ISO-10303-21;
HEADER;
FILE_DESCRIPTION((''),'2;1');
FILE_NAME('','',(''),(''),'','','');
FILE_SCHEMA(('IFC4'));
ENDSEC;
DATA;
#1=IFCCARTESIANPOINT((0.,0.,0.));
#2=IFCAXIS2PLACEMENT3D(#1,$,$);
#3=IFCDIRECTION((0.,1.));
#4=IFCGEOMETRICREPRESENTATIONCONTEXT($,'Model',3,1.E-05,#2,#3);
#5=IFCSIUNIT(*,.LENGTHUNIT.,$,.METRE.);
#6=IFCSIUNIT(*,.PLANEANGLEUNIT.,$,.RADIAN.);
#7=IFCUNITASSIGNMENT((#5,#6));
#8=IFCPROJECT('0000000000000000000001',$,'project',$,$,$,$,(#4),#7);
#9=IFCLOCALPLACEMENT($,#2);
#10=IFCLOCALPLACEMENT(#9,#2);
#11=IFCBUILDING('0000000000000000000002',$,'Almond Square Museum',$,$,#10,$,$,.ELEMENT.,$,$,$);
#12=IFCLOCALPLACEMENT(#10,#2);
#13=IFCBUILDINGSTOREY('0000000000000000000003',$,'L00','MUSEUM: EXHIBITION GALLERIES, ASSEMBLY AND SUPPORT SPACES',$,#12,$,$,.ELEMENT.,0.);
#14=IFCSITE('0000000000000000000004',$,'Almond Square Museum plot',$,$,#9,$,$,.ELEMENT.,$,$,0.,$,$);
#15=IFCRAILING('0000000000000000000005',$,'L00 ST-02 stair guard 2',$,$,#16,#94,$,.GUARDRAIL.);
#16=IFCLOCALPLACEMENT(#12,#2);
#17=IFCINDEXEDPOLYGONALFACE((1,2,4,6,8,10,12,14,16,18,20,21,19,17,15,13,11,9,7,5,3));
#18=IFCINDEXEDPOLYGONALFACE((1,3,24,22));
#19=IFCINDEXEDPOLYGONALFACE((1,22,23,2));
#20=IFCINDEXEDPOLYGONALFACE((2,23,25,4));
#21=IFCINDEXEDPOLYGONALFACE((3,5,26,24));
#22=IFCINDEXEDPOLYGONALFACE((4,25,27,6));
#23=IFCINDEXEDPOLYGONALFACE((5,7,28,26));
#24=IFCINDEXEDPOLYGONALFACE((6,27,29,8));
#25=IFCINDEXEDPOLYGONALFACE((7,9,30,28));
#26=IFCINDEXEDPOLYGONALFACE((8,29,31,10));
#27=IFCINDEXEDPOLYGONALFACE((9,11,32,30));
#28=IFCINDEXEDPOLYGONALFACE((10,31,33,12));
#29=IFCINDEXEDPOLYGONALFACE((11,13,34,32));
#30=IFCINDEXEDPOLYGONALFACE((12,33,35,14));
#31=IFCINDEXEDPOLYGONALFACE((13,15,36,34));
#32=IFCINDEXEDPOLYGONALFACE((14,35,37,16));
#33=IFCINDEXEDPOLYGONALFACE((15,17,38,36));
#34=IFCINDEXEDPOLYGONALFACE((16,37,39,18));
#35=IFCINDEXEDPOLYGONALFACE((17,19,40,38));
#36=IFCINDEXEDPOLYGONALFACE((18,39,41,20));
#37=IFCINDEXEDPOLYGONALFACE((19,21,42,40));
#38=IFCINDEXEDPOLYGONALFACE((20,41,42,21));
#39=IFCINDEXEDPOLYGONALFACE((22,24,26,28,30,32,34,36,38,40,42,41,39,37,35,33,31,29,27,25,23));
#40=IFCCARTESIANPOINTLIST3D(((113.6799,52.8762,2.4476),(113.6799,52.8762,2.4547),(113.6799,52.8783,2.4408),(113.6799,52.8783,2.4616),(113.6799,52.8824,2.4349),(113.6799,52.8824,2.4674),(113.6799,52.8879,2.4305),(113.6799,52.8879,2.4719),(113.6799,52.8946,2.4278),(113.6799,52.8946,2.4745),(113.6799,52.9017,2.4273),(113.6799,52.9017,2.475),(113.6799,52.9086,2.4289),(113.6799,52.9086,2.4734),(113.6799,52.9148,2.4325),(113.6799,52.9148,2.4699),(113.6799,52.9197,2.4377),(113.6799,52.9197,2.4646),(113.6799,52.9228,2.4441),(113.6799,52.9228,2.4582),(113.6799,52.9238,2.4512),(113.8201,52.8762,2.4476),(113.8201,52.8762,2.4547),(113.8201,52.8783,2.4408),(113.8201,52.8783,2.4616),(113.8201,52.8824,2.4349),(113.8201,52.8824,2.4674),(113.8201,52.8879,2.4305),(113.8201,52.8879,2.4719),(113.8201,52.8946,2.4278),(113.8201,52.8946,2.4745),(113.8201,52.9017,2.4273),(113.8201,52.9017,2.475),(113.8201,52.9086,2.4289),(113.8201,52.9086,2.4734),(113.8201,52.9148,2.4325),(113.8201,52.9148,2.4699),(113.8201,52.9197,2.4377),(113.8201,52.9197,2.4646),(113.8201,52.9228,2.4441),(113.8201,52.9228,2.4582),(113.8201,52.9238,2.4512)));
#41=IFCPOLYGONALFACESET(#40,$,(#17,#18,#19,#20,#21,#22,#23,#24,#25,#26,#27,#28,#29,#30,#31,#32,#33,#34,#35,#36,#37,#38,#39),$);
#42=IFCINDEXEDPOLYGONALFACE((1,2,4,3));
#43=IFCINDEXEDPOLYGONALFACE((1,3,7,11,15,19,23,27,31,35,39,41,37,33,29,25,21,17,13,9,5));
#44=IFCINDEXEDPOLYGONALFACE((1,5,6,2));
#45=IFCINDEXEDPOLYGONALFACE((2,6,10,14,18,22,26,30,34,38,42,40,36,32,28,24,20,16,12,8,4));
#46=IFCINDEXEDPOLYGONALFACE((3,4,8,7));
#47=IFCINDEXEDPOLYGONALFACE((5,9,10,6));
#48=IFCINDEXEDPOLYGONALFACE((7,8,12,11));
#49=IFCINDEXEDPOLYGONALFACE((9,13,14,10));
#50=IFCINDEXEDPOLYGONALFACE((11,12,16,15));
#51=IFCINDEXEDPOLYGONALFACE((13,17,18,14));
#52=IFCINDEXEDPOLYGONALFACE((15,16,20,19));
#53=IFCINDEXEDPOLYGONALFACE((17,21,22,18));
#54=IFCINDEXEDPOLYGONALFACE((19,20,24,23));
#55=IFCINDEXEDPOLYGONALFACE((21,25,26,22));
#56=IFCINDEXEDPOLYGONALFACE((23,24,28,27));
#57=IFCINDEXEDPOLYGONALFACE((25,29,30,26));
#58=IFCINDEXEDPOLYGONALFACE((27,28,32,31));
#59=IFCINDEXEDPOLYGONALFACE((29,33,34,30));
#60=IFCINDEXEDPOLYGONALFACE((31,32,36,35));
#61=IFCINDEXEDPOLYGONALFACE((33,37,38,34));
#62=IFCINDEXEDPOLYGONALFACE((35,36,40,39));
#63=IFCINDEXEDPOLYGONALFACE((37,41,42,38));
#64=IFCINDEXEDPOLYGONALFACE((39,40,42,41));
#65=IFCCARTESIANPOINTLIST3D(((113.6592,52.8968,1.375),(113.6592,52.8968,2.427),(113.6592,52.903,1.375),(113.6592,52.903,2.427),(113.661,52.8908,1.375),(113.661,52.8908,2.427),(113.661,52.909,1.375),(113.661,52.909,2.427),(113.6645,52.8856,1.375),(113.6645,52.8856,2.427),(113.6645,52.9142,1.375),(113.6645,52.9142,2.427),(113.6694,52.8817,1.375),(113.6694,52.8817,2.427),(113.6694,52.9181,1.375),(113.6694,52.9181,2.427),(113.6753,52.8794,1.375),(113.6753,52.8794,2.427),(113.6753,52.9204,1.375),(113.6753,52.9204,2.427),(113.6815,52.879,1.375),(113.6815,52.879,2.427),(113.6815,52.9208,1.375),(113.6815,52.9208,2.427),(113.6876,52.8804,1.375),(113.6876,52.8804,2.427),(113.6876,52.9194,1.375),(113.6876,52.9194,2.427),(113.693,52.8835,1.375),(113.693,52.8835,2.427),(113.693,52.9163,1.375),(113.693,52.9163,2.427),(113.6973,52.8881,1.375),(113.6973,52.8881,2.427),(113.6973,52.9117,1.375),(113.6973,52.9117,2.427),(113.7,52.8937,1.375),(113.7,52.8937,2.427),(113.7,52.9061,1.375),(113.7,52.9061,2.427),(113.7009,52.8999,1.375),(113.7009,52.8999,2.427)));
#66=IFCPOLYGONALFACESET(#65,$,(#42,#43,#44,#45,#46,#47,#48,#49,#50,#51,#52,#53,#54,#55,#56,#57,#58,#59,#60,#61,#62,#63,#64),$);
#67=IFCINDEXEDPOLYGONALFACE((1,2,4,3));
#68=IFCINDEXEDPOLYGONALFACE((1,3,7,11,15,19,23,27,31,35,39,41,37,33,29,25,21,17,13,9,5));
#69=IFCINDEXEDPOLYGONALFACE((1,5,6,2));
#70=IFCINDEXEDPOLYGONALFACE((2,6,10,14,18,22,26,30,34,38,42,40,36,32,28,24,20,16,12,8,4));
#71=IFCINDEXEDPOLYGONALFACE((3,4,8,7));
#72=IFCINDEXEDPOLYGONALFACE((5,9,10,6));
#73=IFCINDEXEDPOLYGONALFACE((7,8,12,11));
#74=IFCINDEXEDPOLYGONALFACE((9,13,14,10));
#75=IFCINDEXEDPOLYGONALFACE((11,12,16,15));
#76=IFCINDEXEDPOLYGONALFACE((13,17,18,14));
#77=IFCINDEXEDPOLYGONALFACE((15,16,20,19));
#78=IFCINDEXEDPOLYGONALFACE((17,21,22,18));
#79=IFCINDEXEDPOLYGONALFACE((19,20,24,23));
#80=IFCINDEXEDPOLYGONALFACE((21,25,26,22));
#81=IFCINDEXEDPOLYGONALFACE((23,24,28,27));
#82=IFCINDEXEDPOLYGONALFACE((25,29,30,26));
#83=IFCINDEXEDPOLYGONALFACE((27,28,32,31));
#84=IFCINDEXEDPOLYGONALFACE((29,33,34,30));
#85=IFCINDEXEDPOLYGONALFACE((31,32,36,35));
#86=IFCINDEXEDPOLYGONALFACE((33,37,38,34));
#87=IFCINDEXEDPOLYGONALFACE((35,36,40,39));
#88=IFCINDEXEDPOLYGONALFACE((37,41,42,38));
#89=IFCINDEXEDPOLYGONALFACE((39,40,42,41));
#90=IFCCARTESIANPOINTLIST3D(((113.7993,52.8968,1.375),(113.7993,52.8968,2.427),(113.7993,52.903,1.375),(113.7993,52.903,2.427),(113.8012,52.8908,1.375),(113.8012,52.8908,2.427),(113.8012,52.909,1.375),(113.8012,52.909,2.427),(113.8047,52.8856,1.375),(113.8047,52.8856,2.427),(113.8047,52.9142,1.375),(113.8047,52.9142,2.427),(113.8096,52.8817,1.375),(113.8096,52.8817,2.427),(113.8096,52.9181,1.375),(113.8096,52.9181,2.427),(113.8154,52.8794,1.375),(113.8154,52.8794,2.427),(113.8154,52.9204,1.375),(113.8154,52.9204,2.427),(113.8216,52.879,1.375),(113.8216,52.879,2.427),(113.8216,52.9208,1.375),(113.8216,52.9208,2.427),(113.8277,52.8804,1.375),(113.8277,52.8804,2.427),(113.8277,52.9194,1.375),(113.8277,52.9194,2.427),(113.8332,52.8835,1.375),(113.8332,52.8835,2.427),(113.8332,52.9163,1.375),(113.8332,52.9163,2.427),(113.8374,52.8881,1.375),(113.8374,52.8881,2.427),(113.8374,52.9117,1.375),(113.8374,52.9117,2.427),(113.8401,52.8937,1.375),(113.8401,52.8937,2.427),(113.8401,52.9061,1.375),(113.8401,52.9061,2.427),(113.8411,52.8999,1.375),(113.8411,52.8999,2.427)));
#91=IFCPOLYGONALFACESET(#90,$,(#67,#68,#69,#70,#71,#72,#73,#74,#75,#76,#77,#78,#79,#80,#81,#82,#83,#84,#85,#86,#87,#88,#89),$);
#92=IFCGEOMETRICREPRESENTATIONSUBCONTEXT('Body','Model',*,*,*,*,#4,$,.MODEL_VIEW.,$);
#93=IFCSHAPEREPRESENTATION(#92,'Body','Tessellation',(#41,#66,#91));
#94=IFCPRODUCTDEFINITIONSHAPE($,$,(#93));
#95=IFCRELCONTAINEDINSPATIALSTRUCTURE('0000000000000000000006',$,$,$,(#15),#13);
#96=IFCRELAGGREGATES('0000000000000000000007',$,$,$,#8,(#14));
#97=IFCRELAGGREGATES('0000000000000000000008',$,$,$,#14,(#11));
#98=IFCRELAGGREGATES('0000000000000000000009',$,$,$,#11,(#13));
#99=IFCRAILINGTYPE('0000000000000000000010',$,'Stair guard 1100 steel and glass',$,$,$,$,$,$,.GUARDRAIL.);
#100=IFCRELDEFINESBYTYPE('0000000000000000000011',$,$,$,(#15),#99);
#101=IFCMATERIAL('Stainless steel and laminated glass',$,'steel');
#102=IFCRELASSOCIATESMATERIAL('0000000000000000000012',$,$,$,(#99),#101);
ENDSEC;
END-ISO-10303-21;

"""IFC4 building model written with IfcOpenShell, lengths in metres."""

from ifc_helpers import new_model, si_unit, direction, frame, origin, origin_2d, place, context, subcontext, project, spatial, circle, extrude, material, type_object, element, save


model = new_model("IFC4")

# Units and contexts
model_context = context("Model", 3, precision=1e-05, world=origin(), true_north=direction((0.0, 1.0)))
body_context = subcontext(model_context, "Body", "Model", "MODEL_VIEW")
ifc_project = project(units=[si_unit("LENGTHUNIT", "METRE"), si_unit("PLANEANGLEUNIT", "RADIAN")], contexts=[model_context])

# Site, building, storey
site_placement = place(None, origin())
site = spatial("IfcSite", under=ifc_project, at=site_placement, Name="Almond Square Museum plot", CompositionType="ELEMENT", RefElevation=0.0)
building_placement = place(site_placement, origin())
building = spatial("IfcBuilding", under=site, at=building_placement, Name="Almond Square Museum", CompositionType="ELEMENT")
storey_placement = place(building_placement, origin())
storey = spatial("IfcBuildingStorey", under=building, at=storey_placement, Name="L00", Description="MUSEUM: EXHIBITION GALLERIES, ASSEMBLY AND SUPPORT SPACES", CompositionType="ELEMENT", Elevation=0.0)

# Railing
ifc_material_1 = material(Name="Stainless steel and laminated glass", Category="steel")
railing_type_1 = type_object("IfcRailingType", Name="Stair guard 1100 steel and glass", PredefinedType="GUARDRAIL", material=ifc_material_1)
railing_1_placement = place(storey_placement, frame((113.6799, 52.8999, 1.375)))
element("IfcRailing", 1, at=railing_1_placement, inside=storey, type_object=railing_type_1, Name="L00 ST-02 stair guard 2", PredefinedType="GUARDRAIL", context=body_context, shape_type="SweptSolid", body=[
    extrude(circle(Radius=0.0239, at=origin_2d()), frame((0.0, 0.0, 1.0762), z_axis=(1.0, 0.0, 0.0), x_axis=(0.0, 1.0, 0.0)), (0.0, 0.0, 1.0), 0.1401),
    extrude(circle(Radius=0.021, at=origin_2d()), origin(), (0.0, 0.0, 1.0), 1.052),
    extrude(circle(Radius=0.021, at=origin_2d()), frame((0.1401, 0.0, 0.0)), (0.0, 0.0, 1.0), 1.052),
])

save(model, "model.ifc")
